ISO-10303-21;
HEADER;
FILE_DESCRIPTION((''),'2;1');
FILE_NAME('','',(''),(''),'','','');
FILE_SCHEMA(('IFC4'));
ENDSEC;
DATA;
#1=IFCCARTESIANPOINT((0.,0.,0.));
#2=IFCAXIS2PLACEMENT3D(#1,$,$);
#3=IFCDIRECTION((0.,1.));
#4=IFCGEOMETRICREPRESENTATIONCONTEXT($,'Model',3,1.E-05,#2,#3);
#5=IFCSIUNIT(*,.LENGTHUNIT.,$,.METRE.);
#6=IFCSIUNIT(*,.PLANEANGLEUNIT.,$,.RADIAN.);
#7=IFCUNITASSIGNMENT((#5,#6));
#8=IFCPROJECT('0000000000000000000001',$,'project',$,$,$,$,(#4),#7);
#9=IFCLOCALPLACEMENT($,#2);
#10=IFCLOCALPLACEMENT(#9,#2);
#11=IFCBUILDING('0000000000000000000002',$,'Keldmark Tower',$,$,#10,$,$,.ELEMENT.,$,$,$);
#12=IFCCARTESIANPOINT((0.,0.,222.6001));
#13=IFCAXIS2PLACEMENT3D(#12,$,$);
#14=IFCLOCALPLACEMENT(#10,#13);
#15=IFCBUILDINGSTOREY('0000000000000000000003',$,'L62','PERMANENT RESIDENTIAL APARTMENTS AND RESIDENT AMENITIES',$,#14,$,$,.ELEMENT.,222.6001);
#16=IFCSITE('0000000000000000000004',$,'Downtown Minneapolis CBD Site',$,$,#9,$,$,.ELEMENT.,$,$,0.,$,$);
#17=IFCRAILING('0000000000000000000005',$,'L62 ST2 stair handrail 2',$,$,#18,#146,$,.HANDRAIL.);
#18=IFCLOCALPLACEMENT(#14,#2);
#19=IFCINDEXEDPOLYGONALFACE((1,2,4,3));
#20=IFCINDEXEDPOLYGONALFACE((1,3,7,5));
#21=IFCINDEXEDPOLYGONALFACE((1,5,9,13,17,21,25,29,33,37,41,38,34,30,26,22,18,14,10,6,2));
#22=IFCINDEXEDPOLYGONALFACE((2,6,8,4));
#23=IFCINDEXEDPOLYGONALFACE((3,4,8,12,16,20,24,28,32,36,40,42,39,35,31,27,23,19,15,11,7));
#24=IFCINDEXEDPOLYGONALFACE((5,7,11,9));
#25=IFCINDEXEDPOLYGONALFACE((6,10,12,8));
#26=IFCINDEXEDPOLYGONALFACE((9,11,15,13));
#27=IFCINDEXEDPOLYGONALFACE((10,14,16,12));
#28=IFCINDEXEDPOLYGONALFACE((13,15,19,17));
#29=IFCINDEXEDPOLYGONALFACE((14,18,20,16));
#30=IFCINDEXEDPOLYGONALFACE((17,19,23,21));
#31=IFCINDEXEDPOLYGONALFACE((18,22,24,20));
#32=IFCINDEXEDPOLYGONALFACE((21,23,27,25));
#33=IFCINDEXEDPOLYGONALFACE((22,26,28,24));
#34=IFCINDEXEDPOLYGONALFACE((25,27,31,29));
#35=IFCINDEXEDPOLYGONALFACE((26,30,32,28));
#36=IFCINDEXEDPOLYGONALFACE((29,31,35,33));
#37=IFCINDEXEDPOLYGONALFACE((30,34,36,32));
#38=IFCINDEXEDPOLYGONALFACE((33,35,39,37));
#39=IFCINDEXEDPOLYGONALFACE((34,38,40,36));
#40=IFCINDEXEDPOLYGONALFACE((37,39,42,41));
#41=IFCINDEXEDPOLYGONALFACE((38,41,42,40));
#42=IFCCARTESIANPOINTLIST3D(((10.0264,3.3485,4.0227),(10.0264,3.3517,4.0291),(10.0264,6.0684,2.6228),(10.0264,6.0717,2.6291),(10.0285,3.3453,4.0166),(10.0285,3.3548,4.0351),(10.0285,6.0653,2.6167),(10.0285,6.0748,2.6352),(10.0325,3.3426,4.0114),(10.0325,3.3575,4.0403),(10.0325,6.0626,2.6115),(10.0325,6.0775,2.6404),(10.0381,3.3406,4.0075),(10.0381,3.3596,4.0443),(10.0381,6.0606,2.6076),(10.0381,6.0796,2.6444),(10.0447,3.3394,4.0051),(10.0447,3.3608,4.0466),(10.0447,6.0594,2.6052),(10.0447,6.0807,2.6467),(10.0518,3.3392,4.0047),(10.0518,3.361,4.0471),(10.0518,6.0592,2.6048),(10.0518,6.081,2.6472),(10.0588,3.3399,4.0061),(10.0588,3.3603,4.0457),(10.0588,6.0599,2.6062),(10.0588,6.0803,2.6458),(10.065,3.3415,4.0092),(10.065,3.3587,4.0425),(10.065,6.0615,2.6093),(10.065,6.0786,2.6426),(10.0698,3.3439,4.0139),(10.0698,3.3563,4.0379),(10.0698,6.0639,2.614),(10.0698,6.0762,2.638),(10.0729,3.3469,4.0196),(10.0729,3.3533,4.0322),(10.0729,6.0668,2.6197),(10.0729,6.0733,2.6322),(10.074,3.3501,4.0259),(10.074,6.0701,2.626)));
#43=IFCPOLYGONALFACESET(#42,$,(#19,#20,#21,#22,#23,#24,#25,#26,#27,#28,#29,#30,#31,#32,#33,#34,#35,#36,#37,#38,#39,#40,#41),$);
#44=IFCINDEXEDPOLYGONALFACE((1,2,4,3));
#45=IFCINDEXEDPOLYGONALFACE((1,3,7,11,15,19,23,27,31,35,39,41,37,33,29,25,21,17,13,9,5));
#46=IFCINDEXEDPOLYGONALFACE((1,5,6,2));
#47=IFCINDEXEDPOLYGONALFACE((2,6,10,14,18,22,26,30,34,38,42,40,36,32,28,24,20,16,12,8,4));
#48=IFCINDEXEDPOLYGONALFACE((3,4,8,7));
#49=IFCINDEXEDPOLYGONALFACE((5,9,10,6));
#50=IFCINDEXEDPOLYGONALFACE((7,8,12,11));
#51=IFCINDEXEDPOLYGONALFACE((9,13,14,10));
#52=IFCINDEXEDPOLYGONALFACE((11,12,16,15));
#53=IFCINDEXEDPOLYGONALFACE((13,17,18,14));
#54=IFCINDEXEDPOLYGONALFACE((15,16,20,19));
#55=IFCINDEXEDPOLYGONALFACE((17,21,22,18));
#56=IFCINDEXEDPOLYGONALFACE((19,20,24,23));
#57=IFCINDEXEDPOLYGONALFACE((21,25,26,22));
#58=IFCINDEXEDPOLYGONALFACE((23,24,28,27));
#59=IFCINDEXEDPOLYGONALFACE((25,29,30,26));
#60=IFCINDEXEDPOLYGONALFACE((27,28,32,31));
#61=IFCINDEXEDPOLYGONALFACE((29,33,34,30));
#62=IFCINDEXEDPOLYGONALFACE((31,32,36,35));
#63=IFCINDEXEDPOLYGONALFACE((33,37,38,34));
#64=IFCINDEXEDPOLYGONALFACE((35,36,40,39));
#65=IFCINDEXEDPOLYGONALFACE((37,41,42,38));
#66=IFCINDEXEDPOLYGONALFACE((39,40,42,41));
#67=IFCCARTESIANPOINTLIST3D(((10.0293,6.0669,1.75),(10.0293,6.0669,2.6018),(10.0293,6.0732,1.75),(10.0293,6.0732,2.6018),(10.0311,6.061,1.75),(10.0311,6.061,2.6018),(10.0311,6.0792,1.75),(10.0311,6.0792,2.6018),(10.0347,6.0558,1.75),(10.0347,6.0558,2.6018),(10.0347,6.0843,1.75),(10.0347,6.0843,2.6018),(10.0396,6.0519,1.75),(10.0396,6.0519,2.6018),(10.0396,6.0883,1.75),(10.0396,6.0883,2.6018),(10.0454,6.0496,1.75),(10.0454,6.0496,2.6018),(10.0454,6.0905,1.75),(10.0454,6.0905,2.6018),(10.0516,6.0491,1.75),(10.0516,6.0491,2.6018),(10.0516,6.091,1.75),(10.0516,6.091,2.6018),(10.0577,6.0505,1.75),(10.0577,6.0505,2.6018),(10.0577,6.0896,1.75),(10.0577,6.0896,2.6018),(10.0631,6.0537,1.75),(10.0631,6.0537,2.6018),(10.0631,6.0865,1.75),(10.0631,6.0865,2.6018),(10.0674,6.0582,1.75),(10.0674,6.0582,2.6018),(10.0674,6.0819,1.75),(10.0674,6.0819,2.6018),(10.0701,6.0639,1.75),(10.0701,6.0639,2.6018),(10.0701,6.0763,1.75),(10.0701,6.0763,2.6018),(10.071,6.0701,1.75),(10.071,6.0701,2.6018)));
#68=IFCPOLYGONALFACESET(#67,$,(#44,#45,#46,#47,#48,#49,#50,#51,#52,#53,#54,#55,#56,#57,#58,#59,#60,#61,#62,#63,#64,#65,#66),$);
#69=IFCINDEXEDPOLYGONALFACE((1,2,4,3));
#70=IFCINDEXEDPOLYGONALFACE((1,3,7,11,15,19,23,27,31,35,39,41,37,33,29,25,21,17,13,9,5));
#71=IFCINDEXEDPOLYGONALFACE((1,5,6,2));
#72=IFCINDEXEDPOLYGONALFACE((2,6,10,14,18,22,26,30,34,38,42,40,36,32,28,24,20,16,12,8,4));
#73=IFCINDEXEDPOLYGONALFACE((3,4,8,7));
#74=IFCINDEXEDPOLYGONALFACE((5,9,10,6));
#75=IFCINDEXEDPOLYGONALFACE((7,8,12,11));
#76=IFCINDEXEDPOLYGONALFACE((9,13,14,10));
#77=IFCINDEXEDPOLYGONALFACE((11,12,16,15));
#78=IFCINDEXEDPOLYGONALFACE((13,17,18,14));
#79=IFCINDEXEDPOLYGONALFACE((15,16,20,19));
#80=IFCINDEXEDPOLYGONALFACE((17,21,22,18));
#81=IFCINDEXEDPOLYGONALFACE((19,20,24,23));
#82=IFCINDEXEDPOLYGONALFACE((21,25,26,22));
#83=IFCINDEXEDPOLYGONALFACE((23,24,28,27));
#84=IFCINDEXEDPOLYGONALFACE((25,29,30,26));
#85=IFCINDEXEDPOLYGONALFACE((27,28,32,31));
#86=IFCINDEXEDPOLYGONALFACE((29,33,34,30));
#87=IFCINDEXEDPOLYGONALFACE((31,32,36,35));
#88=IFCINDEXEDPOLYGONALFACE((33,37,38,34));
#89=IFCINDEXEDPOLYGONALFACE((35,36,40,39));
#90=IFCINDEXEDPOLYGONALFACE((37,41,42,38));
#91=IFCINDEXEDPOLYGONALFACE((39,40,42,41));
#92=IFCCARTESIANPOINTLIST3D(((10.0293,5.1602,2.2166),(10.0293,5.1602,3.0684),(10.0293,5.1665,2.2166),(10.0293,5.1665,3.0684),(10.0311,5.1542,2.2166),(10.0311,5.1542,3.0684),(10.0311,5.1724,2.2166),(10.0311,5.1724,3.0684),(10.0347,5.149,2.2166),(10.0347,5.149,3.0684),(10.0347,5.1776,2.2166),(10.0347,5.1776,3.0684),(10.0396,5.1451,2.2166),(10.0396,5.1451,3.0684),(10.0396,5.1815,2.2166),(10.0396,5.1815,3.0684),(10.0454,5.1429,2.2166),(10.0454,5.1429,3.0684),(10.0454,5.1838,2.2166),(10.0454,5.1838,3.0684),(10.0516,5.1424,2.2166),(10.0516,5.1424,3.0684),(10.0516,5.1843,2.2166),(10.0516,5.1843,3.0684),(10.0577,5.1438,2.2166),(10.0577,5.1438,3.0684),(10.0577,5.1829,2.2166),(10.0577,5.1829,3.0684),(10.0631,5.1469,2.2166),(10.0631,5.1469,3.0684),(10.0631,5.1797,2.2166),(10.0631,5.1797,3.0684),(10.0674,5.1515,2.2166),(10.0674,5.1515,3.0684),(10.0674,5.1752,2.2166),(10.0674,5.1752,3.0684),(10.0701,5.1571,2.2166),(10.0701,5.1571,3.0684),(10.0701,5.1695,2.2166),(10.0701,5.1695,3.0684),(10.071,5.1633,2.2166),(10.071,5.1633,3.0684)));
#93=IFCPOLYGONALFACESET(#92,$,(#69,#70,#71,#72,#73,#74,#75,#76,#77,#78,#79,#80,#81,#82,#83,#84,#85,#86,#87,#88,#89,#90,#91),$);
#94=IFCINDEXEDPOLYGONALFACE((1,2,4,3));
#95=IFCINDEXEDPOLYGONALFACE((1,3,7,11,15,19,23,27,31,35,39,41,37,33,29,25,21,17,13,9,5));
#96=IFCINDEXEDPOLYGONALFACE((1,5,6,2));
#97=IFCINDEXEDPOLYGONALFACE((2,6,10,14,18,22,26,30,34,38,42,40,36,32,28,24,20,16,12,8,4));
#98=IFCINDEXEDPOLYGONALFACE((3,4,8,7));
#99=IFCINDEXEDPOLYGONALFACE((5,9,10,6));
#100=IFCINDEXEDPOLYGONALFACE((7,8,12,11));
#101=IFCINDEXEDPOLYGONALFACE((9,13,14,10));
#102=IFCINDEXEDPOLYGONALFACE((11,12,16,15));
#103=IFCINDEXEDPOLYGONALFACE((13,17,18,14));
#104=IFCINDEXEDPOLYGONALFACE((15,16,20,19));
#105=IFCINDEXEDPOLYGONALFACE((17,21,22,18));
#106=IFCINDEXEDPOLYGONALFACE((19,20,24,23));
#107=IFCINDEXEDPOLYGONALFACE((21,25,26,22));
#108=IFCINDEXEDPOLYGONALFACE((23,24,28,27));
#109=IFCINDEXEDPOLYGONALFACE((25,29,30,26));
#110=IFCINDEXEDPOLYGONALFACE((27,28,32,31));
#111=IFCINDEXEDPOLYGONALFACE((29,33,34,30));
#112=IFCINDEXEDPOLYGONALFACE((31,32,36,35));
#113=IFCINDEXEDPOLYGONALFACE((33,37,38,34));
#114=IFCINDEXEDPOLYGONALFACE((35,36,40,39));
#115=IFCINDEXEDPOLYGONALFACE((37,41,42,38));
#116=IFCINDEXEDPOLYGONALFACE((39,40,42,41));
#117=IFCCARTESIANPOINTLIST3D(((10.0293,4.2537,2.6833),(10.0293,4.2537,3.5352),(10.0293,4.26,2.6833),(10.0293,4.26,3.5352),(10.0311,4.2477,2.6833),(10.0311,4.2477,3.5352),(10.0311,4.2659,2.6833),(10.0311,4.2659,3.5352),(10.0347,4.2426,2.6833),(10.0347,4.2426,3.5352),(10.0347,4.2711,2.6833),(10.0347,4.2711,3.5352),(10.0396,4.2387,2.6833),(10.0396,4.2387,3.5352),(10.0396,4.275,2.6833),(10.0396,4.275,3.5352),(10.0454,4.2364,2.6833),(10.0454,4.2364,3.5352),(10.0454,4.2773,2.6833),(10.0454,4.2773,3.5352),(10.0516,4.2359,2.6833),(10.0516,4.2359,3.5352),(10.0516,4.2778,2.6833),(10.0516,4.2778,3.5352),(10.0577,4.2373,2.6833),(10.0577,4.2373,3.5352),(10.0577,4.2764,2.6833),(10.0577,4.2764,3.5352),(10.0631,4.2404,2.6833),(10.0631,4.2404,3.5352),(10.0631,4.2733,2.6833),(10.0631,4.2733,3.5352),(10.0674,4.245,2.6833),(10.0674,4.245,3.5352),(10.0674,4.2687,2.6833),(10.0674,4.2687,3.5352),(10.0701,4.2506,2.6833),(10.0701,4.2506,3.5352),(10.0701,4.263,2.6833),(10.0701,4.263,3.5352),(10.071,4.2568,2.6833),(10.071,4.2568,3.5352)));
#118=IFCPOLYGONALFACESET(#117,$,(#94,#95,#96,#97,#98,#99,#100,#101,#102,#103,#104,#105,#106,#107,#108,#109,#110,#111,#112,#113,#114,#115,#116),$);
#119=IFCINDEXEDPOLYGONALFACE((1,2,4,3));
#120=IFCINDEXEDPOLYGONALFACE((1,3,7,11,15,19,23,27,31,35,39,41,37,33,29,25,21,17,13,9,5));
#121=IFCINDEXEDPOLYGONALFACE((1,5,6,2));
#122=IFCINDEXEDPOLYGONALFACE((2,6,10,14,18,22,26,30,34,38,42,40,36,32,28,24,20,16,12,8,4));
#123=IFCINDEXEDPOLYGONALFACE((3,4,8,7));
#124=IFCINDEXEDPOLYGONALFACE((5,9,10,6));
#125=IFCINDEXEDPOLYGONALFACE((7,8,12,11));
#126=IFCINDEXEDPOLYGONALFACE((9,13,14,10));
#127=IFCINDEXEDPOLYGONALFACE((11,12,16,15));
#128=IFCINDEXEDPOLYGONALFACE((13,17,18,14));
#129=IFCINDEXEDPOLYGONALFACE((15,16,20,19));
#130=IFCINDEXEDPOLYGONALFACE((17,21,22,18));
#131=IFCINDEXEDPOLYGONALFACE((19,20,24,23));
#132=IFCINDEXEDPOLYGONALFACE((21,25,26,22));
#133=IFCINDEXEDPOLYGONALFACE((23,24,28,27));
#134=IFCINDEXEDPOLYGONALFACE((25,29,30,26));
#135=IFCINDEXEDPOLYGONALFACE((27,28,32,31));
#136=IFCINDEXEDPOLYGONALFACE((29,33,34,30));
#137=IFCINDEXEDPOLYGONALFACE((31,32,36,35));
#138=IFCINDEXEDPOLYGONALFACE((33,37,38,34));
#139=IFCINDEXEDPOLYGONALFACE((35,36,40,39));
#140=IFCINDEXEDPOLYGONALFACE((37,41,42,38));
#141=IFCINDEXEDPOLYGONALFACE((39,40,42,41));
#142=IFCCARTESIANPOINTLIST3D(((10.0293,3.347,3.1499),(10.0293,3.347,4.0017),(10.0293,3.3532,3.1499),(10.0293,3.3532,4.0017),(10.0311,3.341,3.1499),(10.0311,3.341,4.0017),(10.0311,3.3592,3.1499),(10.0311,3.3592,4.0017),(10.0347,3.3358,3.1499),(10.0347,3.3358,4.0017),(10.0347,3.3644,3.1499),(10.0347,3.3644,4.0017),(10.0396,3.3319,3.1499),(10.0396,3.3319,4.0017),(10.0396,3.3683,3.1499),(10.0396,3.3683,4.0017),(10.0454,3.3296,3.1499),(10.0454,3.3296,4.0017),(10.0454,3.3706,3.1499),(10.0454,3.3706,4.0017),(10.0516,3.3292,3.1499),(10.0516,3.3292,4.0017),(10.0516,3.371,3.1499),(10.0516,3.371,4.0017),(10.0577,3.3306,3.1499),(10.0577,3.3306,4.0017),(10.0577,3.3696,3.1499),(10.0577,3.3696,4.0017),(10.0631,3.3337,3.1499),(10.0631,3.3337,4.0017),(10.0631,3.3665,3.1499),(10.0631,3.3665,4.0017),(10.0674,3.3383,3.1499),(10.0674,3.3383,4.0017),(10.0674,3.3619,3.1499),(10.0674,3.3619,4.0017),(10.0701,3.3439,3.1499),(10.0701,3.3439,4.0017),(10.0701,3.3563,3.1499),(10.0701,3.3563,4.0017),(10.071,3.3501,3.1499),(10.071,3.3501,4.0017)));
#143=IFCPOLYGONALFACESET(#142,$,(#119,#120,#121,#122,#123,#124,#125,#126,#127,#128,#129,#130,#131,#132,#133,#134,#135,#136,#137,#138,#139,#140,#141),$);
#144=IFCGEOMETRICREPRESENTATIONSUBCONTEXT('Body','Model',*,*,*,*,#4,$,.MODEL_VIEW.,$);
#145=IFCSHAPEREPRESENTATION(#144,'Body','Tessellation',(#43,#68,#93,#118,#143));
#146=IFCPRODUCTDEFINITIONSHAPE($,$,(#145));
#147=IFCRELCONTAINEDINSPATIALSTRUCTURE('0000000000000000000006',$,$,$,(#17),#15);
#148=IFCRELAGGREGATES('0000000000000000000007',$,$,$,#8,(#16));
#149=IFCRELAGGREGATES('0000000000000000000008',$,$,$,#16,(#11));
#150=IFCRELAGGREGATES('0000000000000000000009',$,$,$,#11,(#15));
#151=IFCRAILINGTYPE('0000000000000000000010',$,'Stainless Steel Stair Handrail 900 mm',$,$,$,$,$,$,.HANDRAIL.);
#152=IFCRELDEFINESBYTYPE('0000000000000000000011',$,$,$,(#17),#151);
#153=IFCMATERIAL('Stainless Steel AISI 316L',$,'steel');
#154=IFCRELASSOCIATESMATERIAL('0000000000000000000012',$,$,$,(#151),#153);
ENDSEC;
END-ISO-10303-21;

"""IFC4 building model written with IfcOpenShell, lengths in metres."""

from ifc_helpers import new_model, si_unit, direction, frame, origin, origin_2d, place, context, subcontext, project, spatial, circle, extrude, material, type_object, element, save


model = new_model("IFC4")

# Units and contexts
model_context = context("Model", 3, precision=1e-05, world=origin(), true_north=direction((0.0, 1.0)))
body_context = subcontext(model_context, "Body", "Model", "MODEL_VIEW")
ifc_project = project(units=[si_unit("LENGTHUNIT", "METRE"), si_unit("PLANEANGLEUNIT", "RADIAN")], contexts=[model_context])

# Site, building, storey
site_placement = place(None, origin())
site = spatial("IfcSite", under=ifc_project, at=site_placement, Name="Downtown Minneapolis CBD Site", CompositionType="ELEMENT", RefElevation=0.0)
building_placement = place(site_placement, origin())
building = spatial("IfcBuilding", under=site, at=building_placement, Name="Keldmark Tower", CompositionType="ELEMENT")
storey_placement = place(building_placement, frame((0.0, 0.0, 222.6001)))
storey = spatial("IfcBuildingStorey", under=building, at=storey_placement, Name="L62", Description="PERMANENT RESIDENTIAL APARTMENTS AND RESIDENT AMENITIES", CompositionType="ELEMENT", Elevation=222.6001)

# Railing
ifc_material_1 = material(Name="Stainless Steel AISI 316L", Category="steel")
railing_type_1 = type_object("IfcRailingType", Name="Stainless Steel Stair Handrail 900 mm", PredefinedType="HANDRAIL", material=ifc_material_1)
railing_1_placement = place(storey_placement, frame((10.05, 6.0701, 1.75)))
element("IfcRailing", 1, at=railing_1_placement, inside=storey, type_object=railing_type_1, Name="L62 ST2 stair handrail 2", PredefinedType="HANDRAIL", context=body_context, shape_type="SweptSolid", body=[
    extrude(circle(Radius=0.0239, at=origin_2d()), frame((0.0, 0.0, 0.876), z_axis=(0.0, -0.889147, 0.457622), x_axis=(1.0, 0.0, 0.0)), (0.0, 0.0, 1.0), 3.0591),
    extrude(circle(Radius=0.021, at=origin_2d()), origin(), (0.0, 0.0, 1.0), 0.8518),
    extrude(circle(Radius=0.021, at=origin_2d()), frame((0.0, -0.9067, 0.4666)), (0.0, 0.0, 1.0), 0.8518),
    extrude(circle(Radius=0.021, at=origin_2d()), frame((0.0, -1.8132, 0.9333)), (0.0, 0.0, 1.0), 0.8518),
    extrude(circle(Radius=0.021, at=origin_2d()), frame((0.0, -2.72, 1.3999)), (0.0, 0.0, 1.0), 0.8518),
])

save(model, "model.ifc")
